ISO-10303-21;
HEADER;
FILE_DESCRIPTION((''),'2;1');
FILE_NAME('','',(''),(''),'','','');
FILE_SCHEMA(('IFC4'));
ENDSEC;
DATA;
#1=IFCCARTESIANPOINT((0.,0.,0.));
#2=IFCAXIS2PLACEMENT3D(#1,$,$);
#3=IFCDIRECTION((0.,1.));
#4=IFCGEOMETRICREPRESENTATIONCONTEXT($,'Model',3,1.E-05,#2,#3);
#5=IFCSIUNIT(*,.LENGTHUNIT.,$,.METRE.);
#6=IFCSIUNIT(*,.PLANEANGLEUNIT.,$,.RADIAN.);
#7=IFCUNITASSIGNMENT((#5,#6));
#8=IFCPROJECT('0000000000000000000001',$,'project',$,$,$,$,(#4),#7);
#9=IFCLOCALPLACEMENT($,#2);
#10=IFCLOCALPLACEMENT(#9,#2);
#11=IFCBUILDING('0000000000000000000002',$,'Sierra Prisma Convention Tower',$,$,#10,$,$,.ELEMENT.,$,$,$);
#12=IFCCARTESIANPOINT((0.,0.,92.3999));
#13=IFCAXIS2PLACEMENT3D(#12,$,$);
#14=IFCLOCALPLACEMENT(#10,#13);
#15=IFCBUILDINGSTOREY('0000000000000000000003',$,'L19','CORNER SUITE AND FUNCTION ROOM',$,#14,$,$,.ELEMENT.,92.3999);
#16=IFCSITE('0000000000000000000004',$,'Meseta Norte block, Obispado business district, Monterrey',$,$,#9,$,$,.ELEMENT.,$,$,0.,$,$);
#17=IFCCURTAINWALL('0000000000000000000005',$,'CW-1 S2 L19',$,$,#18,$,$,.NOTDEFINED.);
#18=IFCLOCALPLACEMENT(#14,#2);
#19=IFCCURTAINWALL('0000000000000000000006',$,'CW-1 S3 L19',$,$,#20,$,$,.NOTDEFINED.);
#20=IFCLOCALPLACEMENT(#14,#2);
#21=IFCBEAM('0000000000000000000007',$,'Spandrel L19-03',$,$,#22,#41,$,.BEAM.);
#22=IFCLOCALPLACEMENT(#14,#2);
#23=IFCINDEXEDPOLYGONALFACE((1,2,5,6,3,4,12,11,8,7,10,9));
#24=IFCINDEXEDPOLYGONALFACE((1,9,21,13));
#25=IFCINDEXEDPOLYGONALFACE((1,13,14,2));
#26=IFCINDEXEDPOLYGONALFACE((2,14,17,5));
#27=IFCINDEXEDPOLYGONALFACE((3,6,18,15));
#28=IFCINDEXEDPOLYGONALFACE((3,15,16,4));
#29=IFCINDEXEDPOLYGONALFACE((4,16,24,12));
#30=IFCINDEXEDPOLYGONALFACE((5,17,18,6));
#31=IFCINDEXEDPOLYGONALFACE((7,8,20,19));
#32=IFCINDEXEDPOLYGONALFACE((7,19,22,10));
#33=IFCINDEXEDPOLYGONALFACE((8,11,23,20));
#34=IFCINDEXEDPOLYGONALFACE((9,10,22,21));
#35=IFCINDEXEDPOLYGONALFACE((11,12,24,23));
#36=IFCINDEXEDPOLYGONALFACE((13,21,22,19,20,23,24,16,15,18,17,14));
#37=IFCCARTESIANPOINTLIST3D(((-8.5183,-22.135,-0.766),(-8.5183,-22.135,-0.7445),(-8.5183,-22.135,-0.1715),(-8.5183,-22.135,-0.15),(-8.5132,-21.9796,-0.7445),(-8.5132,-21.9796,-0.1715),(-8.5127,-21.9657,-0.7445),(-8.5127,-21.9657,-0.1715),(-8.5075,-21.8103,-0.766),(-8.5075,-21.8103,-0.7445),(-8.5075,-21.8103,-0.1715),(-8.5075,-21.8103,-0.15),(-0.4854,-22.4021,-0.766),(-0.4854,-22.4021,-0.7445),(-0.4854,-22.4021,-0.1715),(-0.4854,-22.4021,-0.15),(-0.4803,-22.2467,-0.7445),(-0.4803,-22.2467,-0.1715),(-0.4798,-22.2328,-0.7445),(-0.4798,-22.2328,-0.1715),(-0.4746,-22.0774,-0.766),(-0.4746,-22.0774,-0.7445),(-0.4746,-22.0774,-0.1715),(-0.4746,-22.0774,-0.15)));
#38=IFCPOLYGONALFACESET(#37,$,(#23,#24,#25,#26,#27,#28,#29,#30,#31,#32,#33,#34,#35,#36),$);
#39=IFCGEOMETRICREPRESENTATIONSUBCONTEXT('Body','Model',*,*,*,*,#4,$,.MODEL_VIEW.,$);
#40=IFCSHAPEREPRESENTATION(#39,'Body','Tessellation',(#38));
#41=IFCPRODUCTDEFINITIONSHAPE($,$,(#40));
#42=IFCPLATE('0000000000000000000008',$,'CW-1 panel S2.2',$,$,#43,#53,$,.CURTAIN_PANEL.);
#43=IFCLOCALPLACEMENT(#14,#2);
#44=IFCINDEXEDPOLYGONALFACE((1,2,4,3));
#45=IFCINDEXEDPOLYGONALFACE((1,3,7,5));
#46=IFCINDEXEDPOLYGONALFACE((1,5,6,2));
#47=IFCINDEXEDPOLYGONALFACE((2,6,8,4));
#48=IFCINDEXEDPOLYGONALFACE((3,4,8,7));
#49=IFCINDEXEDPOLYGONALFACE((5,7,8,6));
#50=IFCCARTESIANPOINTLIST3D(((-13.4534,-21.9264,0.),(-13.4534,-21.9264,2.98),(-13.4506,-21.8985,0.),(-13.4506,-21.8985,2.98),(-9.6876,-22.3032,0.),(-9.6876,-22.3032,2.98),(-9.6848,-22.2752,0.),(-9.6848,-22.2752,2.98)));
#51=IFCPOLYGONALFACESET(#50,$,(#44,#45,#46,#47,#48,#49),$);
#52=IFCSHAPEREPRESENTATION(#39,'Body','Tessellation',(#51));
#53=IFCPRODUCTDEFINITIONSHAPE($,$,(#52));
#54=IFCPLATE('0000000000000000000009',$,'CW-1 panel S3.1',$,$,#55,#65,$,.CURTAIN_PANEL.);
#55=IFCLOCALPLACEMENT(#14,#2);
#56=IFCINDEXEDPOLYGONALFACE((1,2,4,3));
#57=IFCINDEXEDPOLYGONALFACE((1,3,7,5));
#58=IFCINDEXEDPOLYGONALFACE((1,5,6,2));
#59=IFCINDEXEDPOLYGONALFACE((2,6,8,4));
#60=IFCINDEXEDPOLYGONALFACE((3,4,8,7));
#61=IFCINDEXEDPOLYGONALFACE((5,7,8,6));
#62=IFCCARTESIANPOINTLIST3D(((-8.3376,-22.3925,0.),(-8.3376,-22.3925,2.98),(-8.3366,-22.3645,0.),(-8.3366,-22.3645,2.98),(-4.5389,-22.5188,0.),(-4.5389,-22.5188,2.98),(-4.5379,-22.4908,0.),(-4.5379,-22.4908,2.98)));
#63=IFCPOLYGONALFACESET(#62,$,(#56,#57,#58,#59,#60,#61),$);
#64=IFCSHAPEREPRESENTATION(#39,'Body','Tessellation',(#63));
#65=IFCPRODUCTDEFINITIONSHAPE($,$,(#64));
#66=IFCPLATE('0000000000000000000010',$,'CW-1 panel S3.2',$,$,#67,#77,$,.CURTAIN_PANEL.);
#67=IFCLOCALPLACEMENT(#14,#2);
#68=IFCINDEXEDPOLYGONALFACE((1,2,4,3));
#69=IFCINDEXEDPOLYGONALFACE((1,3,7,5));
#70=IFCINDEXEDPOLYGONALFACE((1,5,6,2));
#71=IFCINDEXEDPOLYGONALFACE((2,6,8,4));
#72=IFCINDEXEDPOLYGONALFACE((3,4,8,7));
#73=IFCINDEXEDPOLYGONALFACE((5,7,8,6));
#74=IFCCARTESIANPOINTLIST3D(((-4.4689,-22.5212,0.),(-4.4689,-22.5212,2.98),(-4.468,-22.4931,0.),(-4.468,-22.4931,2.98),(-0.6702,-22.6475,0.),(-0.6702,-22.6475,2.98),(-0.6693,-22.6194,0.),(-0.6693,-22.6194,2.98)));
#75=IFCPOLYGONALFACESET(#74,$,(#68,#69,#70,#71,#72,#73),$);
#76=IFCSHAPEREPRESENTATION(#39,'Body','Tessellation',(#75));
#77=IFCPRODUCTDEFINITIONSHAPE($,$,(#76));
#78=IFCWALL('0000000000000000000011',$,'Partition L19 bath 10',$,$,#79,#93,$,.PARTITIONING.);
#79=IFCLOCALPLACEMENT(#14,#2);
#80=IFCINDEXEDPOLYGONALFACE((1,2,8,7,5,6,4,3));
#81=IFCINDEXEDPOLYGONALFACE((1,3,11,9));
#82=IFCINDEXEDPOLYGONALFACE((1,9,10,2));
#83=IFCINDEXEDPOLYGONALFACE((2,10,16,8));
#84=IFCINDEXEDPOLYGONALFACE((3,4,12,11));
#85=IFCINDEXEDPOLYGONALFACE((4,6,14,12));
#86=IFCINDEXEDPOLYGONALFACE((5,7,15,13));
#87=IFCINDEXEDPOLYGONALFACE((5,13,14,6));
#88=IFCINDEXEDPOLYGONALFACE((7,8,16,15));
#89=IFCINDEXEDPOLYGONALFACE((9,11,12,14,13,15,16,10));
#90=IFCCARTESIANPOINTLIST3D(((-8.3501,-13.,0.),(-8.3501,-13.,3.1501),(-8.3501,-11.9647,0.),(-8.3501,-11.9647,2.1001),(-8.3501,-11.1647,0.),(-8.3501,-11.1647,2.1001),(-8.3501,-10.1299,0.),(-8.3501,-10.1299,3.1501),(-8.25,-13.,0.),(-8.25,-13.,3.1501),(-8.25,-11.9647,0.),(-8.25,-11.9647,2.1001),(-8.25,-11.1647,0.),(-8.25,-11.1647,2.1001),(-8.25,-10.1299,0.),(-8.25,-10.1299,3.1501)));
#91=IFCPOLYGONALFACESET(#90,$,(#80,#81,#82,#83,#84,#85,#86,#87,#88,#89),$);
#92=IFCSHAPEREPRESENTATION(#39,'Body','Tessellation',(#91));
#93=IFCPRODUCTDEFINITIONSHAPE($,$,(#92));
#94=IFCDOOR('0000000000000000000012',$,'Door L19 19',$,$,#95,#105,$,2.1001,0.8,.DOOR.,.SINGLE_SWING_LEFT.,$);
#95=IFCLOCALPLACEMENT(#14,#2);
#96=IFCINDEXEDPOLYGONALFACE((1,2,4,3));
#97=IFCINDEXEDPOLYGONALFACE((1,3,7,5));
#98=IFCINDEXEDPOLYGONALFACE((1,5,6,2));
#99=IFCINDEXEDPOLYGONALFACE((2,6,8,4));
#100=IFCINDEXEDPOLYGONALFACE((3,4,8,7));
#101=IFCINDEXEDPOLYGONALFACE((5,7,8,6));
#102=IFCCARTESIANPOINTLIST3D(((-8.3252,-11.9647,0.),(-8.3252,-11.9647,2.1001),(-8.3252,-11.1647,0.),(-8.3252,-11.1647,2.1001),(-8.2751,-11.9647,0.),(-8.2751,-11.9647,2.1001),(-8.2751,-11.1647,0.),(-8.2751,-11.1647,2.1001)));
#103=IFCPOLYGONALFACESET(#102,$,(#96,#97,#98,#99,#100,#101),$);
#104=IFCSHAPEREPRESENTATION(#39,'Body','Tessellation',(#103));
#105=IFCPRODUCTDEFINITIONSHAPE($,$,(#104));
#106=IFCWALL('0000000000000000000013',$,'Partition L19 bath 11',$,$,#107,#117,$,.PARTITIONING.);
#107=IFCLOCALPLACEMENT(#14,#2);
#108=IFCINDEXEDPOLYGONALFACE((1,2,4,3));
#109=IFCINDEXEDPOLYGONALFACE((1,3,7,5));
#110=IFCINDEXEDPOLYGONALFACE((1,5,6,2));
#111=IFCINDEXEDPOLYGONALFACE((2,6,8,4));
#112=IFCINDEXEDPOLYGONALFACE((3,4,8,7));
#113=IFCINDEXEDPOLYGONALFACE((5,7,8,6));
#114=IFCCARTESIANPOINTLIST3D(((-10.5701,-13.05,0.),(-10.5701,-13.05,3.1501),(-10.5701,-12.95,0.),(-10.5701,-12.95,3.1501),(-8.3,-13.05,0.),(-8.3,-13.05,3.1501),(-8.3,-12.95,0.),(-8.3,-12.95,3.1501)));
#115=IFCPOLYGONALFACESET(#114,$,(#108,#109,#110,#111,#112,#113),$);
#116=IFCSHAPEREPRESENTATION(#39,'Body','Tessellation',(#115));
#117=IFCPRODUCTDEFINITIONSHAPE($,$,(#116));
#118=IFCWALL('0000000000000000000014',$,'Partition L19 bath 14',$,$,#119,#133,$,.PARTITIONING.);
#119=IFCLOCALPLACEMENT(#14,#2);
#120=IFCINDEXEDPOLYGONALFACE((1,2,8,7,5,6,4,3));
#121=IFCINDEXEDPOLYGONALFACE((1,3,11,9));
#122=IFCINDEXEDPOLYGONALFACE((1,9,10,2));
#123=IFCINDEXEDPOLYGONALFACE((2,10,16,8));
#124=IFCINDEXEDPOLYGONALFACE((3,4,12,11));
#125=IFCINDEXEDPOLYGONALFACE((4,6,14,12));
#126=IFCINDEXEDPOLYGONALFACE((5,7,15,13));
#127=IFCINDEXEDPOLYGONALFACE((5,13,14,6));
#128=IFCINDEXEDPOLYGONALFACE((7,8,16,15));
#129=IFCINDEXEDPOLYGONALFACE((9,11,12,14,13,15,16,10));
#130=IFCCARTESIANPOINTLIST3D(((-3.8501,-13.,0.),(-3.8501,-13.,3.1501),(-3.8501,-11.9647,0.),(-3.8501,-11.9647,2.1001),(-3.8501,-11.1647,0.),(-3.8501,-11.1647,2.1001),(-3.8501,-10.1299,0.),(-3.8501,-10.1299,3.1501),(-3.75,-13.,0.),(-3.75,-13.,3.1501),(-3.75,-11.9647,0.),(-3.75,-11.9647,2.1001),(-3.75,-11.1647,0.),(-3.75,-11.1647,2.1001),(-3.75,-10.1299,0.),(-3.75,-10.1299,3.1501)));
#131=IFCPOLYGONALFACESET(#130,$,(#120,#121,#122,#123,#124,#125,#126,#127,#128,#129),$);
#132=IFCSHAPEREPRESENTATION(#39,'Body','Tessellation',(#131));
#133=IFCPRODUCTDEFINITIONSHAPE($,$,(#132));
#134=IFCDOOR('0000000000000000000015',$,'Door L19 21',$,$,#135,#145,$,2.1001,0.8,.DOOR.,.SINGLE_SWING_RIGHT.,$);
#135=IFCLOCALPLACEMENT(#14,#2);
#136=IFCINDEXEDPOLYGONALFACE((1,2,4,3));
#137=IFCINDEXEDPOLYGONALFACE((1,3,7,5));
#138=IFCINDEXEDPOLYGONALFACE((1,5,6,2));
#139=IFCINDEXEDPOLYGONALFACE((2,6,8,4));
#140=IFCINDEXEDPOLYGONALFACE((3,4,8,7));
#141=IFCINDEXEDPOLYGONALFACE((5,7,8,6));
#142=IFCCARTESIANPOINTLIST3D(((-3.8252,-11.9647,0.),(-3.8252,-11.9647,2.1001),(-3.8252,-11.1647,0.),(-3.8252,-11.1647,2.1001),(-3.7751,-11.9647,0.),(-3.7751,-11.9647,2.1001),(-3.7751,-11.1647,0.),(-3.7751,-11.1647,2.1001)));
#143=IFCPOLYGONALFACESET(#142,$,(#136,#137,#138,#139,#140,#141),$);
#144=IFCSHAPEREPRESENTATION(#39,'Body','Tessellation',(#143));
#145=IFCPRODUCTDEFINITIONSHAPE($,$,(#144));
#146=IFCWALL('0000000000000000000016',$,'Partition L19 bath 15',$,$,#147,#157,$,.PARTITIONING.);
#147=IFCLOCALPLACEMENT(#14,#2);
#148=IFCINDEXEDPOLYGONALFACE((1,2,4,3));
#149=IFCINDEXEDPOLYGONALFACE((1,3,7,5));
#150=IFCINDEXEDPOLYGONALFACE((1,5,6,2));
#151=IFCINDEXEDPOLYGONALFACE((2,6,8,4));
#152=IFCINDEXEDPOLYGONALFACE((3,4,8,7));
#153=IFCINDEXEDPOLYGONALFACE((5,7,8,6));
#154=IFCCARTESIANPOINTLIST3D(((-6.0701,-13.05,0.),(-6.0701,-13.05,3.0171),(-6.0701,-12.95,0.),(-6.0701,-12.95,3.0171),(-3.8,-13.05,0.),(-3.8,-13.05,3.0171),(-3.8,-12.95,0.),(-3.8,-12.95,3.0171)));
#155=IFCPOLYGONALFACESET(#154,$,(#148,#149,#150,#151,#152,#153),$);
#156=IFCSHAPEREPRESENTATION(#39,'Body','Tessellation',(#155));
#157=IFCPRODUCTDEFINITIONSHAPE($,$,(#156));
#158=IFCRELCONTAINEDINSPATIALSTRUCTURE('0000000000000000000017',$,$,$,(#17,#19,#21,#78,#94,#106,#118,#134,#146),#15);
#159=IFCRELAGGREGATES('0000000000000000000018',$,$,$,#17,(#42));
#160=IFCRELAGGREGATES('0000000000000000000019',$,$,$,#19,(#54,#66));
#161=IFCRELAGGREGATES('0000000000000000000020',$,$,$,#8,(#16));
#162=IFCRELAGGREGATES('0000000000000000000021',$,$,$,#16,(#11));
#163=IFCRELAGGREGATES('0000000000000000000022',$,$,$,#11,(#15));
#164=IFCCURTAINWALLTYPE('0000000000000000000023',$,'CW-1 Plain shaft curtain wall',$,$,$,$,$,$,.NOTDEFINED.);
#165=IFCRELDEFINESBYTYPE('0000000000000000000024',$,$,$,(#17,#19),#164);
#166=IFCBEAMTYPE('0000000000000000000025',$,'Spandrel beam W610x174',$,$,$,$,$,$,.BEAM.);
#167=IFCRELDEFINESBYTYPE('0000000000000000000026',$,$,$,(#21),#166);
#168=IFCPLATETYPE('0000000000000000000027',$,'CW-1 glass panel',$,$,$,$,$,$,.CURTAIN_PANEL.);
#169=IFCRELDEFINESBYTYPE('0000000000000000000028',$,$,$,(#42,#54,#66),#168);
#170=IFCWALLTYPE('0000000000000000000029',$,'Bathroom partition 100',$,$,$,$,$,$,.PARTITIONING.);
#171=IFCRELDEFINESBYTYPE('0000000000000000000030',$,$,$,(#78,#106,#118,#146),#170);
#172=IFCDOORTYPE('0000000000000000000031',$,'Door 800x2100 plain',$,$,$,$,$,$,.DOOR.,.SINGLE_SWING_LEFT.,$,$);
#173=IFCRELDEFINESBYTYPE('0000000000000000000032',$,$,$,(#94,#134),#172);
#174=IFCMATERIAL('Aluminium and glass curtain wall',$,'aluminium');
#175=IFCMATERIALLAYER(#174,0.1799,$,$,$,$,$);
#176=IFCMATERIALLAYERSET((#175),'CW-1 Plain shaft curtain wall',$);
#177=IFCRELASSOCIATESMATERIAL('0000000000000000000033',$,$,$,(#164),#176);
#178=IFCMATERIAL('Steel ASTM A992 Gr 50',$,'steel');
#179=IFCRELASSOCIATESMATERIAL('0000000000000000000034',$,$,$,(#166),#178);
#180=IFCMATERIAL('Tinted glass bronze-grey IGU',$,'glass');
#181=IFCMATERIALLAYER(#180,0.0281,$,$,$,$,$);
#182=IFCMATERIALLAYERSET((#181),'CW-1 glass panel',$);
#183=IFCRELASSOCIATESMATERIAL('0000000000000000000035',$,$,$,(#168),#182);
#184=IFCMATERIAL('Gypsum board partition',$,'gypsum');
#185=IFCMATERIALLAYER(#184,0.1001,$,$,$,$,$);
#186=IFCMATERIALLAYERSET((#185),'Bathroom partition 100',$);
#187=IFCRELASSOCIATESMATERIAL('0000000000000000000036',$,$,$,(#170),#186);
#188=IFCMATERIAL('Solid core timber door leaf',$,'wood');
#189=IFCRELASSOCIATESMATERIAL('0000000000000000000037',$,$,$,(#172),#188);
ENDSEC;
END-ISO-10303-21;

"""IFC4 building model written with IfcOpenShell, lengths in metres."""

from ifc_helpers import new_model, si_unit, direction, frame, frame_2d, origin, origin_2d, place, context, subcontext, project, spatial, rectangle, i_section, extrude, material, layer, layer_set, material_profile, profile_set, type_object, element, fill, aggregate, save


model = new_model("IFC4")

# Units and contexts
model_context = context("Model", 3, precision=1e-05, world=origin(), true_north=direction((0.0, 1.0)))
body_context = subcontext(model_context, "Body", "Model", "MODEL_VIEW")
ifc_project = project(units=[si_unit("LENGTHUNIT", "METRE"), si_unit("PLANEANGLEUNIT", "RADIAN")], contexts=[model_context])

# Site, building, storey
site_placement = place(None, origin())
site = spatial("IfcSite", under=ifc_project, at=site_placement, Name="Meseta Norte block, Obispado business district, Monterrey", CompositionType="ELEMENT", RefElevation=0.0)
building_placement = place(site_placement, origin())
building = spatial("IfcBuilding", under=site, at=building_placement, Name="Sierra Prisma Convention Tower", CompositionType="ELEMENT")
storey_placement = place(building_placement, frame((0.0, 0.0, 92.3999)))
storey = spatial("IfcBuildingStorey", under=building, at=storey_placement, Name="L19", Description="CORNER SUITE AND FUNCTION ROOM", CompositionType="ELEMENT", Elevation=92.3999)

# Curtain wall
ifc_material_1 = material(Name="Aluminium and glass curtain wall", Category="aluminium")
ifc_layer_1 = layer(ifc_material_1, 0.1799)
ifc_layer_set_1 = layer_set([ifc_layer_1], Name="CW-1 Plain shaft curtain wall")
curtain_wall_type = type_object("IfcCurtainWallType", Name="CW-1 Plain shaft curtain wall", PredefinedType="NOTDEFINED", material=ifc_layer_set_1)
curtain_wall_1_placement = place(storey_placement, origin())
curtain_wall_1 = element("IfcCurtainWall", 1, at=curtain_wall_1_placement, inside=storey, type_object=curtain_wall_type, Name="CW-1 S2 L19", PredefinedType="NOTDEFINED")

# Curtain wall
curtain_wall_2_placement = place(storey_placement, origin())
curtain_wall_2 = element("IfcCurtainWall", 2, at=curtain_wall_2_placement, inside=storey, type_object=curtain_wall_type, Name="CW-1 S3 L19", PredefinedType="NOTDEFINED")

# Beam
ifc_material_2 = material(Name="Steel ASTM A992 Gr 50", Category="steel")
ifc_material_profile_1 = material_profile(ifc_material_2, i_section(OverallWidth=0.325, OverallDepth=0.616, WebThickness=0.0139, FlangeThickness=0.0215, at=origin_2d()), Name="W610x174")
ifc_profile_set_1 = profile_set([ifc_material_profile_1], Name="Steel ASTM A992 Gr 50")
beam_type_1 = type_object("IfcBeamType", Name="Spandrel beam W610x174", PredefinedType="BEAM", material=ifc_profile_set_1)
beam_1_placement = place(storey_placement, frame((-8.5129, -21.9727, -0.458), z_axis=(0.999448, -0.033231, 0.0), x_axis=(0.033231, 0.999448, 0.0)))
element("IfcBeam", 3, at=beam_1_placement, inside=storey, type_object=beam_type_1, Name="Spandrel L19-03", PredefinedType="BEAM", context=body_context, shape_type="SweptSolid", body=[
    extrude(i_section(OverallWidth=0.325, OverallDepth=0.616, WebThickness=0.0139, FlangeThickness=0.0215, at=origin_2d()), origin(), (0.0, 0.0, 1.0), 8.0374),
])

# Plates
ifc_material_3 = material(Name="Tinted glass bronze-grey IGU", Category="glass")
ifc_layer_2 = layer(ifc_material_3, 0.0281)
ifc_layer_set_2 = layer_set([ifc_layer_2], Name="CW-1 glass panel")
plate_type = type_object("IfcPlateType", Name="CW-1 glass panel", PredefinedType="CURTAIN_PANEL", material=ifc_layer_set_2)
plate_1_placement = place(storey_placement, frame((-11.5691, -22.1008, 0.0), z_axis=(0.0, 0.0, 1.0), x_axis=(0.995033, -0.099546, 0.0)))
plate_1 = element("IfcPlate", 4, at=plate_1_placement, type_object=plate_type, Name="CW-1 panel S2.2", PredefinedType="CURTAIN_PANEL", context=body_context, shape_type="SweptSolid", body=[
    extrude(rectangle(XDim=3.7847, YDim=0.0281, at=origin_2d()), origin(), (0.0, 0.0, 1.0), 2.98),
])
aggregate(curtain_wall_1, [plate_1])
plate_2_placement = place(storey_placement, frame((-6.4377, -22.4417, 0.0), z_axis=(0.0, 0.0, 1.0), x_axis=(0.999448, -0.033231, 0.0)))
plate_2 = element("IfcPlate", 5, at=plate_2_placement, type_object=plate_type, Name="CW-1 panel S3.1", PredefinedType="CURTAIN_PANEL", context=body_context, shape_type="SweptSolid", body=[
    extrude(rectangle(XDim=3.8008, YDim=0.0281, at=origin_2d()), origin(), (0.0, 0.0, 1.0), 2.98),
])
plate_3_placement = place(storey_placement, frame((-2.5691, -22.5703, 0.0), z_axis=(0.0, 0.0, 1.0), x_axis=(0.999448, -0.033231, 0.0)))
plate_3 = element("IfcPlate", 6, at=plate_3_placement, type_object=plate_type, Name="CW-1 panel S3.2", PredefinedType="CURTAIN_PANEL", context=body_context, shape_type="SweptSolid", body=[
    extrude(rectangle(XDim=3.8008, YDim=0.0281, at=origin_2d()), origin(), (0.0, 0.0, 1.0), 2.98),
])
aggregate(curtain_wall_2, [plate_2, plate_3])

# Wall, opening, door
ifc_material_4 = material(Name="Gypsum board partition", Category="gypsum")
ifc_layer_3 = layer(ifc_material_4, 0.1001)
ifc_layer_set_3 = layer_set([ifc_layer_3], Name="Bathroom partition 100")
wall_type_1 = type_object("IfcWallType", Name="Bathroom partition 100", PredefinedType="PARTITIONING", material=ifc_layer_set_3)
wall_1_placement = place(storey_placement, frame((-8.3, -10.1299, 0.0), z_axis=(0.0, 0.0, 1.0), x_axis=(0.0, -1.0, 0.0)))
wall_1 = element("IfcWall", 7, at=wall_1_placement, inside=storey, type_object=wall_type_1, Name="Partition L19 bath 10", PredefinedType="PARTITIONING", context=body_context, shape_type="SweptSolid", body=[
    extrude(rectangle(XDim=2.8701, YDim=0.1001, at=frame_2d((1.4351, 0.0))), origin(), (0.0, 0.0, 1.0), 3.1501),
])
opening_1_placement = place(wall_1_placement, frame((1.0349, 0.0, 0.0)))
opening_1 = element("IfcOpeningElement", 8, at=opening_1_placement, cuts=wall_1, PredefinedType="OPENING", context=body_context, shape_type="SweptSolid", body=[
    extrude(rectangle(XDim=0.8, YDim=2.1001, at=frame_2d((0.3999, 1.05))), frame((0.0, 0.05, 0.0), z_axis=(0.0, -1.0, 0.0), x_axis=(1.0, 0.0, 0.0)), (0.0, 0.0, 1.0), 0.1001),
])
ifc_material_5 = material(Name="Solid core timber door leaf", Category="wood")
door_type_1 = type_object("IfcDoorType", Name="Door 800x2100 plain", OperationType="SINGLE_SWING_LEFT", PredefinedType="DOOR", material=ifc_material_5)
door_1_placement = place(opening_1_placement, origin())
door_1 = element("IfcDoor", 9, at=door_1_placement, inside=storey, type_object=door_type_1, Name="Door L19 19", OperationType="SINGLE_SWING_LEFT", OverallHeight=2.1001, OverallWidth=0.8, PredefinedType="DOOR", context=body_context, shape_type="SweptSolid", body=[
    extrude(rectangle(XDim=0.8, YDim=2.1001, at=frame_2d((0.3999, 1.05))), frame((0.0, 0.0249, 0.0), z_axis=(0.0, -1.0, 0.0), x_axis=(1.0, 0.0, 0.0)), (0.0, 0.0, 1.0), 0.05),
])
fill(opening_1, door_1)

# Wall
wall_2_placement = place(storey_placement, frame((-8.3, -13.0, 0.0), z_axis=(0.0, 0.0, 1.0), x_axis=(-1.0, 0.0, 0.0)))
element("IfcWall", 10, at=wall_2_placement, inside=storey, type_object=wall_type_1, Name="Partition L19 bath 11", PredefinedType="PARTITIONING", context=body_context, shape_type="SweptSolid", body=[
    extrude(rectangle(XDim=2.27, YDim=0.1001, at=frame_2d((1.135, 0.0))), origin(), (0.0, 0.0, 1.0), 3.1501),
])

# Wall, opening, door
wall_3_placement = place(storey_placement, frame((-3.8, -10.1299, 0.0), z_axis=(0.0, 0.0, 1.0), x_axis=(0.0, -1.0, 0.0)))
wall_3 = element("IfcWall", 11, at=wall_3_placement, inside=storey, type_object=wall_type_1, Name="Partition L19 bath 14", PredefinedType="PARTITIONING", context=body_context, shape_type="SweptSolid", body=[
    extrude(rectangle(XDim=2.8701, YDim=0.1001, at=frame_2d((1.4351, 0.0))), origin(), (0.0, 0.0, 1.0), 3.1501),
])
opening_2_placement = place(wall_3_placement, frame((1.0349, 0.0, 0.0)))
opening_2 = element("IfcOpeningElement", 12, at=opening_2_placement, cuts=wall_3, PredefinedType="OPENING", context=body_context, shape_type="SweptSolid", body=[
    extrude(rectangle(XDim=0.8, YDim=2.1001, at=frame_2d((0.3999, 1.05))), frame((0.0, 0.05, 0.0), z_axis=(0.0, -1.0, 0.0), x_axis=(1.0, 0.0, 0.0)), (0.0, 0.0, 1.0), 0.1001),
])
door_2_placement = place(opening_2_placement, origin())
door_2 = element("IfcDoor", 13, at=door_2_placement, inside=storey, type_object=door_type_1, Name="Door L19 21", OperationType="SINGLE_SWING_RIGHT", OverallHeight=2.1001, OverallWidth=0.8, PredefinedType="DOOR", context=body_context, shape_type="SweptSolid", body=[
    extrude(rectangle(XDim=0.8, YDim=2.1001, at=frame_2d((0.3999, 1.05))), frame((0.0, 0.0249, 0.0), z_axis=(0.0, -1.0, 0.0), x_axis=(1.0, 0.0, 0.0)), (0.0, 0.0, 1.0), 0.05),
])
fill(opening_2, door_2)

# Wall
wall_4_placement = place(storey_placement, frame((-3.8, -13.0, 0.0), z_axis=(0.0, 0.0, 1.0), x_axis=(-1.0, 0.0, 0.0)))
element("IfcWall", 14, at=wall_4_placement, inside=storey, type_object=wall_type_1, Name="Partition L19 bath 15", PredefinedType="PARTITIONING", context=body_context, shape_type="SweptSolid", body=[
    extrude(rectangle(XDim=2.27, YDim=0.1001, at=frame_2d((1.135, 0.0))), origin(), (0.0, 0.0, 1.0), 3.0171),
])

save(model, "model.ifc")
